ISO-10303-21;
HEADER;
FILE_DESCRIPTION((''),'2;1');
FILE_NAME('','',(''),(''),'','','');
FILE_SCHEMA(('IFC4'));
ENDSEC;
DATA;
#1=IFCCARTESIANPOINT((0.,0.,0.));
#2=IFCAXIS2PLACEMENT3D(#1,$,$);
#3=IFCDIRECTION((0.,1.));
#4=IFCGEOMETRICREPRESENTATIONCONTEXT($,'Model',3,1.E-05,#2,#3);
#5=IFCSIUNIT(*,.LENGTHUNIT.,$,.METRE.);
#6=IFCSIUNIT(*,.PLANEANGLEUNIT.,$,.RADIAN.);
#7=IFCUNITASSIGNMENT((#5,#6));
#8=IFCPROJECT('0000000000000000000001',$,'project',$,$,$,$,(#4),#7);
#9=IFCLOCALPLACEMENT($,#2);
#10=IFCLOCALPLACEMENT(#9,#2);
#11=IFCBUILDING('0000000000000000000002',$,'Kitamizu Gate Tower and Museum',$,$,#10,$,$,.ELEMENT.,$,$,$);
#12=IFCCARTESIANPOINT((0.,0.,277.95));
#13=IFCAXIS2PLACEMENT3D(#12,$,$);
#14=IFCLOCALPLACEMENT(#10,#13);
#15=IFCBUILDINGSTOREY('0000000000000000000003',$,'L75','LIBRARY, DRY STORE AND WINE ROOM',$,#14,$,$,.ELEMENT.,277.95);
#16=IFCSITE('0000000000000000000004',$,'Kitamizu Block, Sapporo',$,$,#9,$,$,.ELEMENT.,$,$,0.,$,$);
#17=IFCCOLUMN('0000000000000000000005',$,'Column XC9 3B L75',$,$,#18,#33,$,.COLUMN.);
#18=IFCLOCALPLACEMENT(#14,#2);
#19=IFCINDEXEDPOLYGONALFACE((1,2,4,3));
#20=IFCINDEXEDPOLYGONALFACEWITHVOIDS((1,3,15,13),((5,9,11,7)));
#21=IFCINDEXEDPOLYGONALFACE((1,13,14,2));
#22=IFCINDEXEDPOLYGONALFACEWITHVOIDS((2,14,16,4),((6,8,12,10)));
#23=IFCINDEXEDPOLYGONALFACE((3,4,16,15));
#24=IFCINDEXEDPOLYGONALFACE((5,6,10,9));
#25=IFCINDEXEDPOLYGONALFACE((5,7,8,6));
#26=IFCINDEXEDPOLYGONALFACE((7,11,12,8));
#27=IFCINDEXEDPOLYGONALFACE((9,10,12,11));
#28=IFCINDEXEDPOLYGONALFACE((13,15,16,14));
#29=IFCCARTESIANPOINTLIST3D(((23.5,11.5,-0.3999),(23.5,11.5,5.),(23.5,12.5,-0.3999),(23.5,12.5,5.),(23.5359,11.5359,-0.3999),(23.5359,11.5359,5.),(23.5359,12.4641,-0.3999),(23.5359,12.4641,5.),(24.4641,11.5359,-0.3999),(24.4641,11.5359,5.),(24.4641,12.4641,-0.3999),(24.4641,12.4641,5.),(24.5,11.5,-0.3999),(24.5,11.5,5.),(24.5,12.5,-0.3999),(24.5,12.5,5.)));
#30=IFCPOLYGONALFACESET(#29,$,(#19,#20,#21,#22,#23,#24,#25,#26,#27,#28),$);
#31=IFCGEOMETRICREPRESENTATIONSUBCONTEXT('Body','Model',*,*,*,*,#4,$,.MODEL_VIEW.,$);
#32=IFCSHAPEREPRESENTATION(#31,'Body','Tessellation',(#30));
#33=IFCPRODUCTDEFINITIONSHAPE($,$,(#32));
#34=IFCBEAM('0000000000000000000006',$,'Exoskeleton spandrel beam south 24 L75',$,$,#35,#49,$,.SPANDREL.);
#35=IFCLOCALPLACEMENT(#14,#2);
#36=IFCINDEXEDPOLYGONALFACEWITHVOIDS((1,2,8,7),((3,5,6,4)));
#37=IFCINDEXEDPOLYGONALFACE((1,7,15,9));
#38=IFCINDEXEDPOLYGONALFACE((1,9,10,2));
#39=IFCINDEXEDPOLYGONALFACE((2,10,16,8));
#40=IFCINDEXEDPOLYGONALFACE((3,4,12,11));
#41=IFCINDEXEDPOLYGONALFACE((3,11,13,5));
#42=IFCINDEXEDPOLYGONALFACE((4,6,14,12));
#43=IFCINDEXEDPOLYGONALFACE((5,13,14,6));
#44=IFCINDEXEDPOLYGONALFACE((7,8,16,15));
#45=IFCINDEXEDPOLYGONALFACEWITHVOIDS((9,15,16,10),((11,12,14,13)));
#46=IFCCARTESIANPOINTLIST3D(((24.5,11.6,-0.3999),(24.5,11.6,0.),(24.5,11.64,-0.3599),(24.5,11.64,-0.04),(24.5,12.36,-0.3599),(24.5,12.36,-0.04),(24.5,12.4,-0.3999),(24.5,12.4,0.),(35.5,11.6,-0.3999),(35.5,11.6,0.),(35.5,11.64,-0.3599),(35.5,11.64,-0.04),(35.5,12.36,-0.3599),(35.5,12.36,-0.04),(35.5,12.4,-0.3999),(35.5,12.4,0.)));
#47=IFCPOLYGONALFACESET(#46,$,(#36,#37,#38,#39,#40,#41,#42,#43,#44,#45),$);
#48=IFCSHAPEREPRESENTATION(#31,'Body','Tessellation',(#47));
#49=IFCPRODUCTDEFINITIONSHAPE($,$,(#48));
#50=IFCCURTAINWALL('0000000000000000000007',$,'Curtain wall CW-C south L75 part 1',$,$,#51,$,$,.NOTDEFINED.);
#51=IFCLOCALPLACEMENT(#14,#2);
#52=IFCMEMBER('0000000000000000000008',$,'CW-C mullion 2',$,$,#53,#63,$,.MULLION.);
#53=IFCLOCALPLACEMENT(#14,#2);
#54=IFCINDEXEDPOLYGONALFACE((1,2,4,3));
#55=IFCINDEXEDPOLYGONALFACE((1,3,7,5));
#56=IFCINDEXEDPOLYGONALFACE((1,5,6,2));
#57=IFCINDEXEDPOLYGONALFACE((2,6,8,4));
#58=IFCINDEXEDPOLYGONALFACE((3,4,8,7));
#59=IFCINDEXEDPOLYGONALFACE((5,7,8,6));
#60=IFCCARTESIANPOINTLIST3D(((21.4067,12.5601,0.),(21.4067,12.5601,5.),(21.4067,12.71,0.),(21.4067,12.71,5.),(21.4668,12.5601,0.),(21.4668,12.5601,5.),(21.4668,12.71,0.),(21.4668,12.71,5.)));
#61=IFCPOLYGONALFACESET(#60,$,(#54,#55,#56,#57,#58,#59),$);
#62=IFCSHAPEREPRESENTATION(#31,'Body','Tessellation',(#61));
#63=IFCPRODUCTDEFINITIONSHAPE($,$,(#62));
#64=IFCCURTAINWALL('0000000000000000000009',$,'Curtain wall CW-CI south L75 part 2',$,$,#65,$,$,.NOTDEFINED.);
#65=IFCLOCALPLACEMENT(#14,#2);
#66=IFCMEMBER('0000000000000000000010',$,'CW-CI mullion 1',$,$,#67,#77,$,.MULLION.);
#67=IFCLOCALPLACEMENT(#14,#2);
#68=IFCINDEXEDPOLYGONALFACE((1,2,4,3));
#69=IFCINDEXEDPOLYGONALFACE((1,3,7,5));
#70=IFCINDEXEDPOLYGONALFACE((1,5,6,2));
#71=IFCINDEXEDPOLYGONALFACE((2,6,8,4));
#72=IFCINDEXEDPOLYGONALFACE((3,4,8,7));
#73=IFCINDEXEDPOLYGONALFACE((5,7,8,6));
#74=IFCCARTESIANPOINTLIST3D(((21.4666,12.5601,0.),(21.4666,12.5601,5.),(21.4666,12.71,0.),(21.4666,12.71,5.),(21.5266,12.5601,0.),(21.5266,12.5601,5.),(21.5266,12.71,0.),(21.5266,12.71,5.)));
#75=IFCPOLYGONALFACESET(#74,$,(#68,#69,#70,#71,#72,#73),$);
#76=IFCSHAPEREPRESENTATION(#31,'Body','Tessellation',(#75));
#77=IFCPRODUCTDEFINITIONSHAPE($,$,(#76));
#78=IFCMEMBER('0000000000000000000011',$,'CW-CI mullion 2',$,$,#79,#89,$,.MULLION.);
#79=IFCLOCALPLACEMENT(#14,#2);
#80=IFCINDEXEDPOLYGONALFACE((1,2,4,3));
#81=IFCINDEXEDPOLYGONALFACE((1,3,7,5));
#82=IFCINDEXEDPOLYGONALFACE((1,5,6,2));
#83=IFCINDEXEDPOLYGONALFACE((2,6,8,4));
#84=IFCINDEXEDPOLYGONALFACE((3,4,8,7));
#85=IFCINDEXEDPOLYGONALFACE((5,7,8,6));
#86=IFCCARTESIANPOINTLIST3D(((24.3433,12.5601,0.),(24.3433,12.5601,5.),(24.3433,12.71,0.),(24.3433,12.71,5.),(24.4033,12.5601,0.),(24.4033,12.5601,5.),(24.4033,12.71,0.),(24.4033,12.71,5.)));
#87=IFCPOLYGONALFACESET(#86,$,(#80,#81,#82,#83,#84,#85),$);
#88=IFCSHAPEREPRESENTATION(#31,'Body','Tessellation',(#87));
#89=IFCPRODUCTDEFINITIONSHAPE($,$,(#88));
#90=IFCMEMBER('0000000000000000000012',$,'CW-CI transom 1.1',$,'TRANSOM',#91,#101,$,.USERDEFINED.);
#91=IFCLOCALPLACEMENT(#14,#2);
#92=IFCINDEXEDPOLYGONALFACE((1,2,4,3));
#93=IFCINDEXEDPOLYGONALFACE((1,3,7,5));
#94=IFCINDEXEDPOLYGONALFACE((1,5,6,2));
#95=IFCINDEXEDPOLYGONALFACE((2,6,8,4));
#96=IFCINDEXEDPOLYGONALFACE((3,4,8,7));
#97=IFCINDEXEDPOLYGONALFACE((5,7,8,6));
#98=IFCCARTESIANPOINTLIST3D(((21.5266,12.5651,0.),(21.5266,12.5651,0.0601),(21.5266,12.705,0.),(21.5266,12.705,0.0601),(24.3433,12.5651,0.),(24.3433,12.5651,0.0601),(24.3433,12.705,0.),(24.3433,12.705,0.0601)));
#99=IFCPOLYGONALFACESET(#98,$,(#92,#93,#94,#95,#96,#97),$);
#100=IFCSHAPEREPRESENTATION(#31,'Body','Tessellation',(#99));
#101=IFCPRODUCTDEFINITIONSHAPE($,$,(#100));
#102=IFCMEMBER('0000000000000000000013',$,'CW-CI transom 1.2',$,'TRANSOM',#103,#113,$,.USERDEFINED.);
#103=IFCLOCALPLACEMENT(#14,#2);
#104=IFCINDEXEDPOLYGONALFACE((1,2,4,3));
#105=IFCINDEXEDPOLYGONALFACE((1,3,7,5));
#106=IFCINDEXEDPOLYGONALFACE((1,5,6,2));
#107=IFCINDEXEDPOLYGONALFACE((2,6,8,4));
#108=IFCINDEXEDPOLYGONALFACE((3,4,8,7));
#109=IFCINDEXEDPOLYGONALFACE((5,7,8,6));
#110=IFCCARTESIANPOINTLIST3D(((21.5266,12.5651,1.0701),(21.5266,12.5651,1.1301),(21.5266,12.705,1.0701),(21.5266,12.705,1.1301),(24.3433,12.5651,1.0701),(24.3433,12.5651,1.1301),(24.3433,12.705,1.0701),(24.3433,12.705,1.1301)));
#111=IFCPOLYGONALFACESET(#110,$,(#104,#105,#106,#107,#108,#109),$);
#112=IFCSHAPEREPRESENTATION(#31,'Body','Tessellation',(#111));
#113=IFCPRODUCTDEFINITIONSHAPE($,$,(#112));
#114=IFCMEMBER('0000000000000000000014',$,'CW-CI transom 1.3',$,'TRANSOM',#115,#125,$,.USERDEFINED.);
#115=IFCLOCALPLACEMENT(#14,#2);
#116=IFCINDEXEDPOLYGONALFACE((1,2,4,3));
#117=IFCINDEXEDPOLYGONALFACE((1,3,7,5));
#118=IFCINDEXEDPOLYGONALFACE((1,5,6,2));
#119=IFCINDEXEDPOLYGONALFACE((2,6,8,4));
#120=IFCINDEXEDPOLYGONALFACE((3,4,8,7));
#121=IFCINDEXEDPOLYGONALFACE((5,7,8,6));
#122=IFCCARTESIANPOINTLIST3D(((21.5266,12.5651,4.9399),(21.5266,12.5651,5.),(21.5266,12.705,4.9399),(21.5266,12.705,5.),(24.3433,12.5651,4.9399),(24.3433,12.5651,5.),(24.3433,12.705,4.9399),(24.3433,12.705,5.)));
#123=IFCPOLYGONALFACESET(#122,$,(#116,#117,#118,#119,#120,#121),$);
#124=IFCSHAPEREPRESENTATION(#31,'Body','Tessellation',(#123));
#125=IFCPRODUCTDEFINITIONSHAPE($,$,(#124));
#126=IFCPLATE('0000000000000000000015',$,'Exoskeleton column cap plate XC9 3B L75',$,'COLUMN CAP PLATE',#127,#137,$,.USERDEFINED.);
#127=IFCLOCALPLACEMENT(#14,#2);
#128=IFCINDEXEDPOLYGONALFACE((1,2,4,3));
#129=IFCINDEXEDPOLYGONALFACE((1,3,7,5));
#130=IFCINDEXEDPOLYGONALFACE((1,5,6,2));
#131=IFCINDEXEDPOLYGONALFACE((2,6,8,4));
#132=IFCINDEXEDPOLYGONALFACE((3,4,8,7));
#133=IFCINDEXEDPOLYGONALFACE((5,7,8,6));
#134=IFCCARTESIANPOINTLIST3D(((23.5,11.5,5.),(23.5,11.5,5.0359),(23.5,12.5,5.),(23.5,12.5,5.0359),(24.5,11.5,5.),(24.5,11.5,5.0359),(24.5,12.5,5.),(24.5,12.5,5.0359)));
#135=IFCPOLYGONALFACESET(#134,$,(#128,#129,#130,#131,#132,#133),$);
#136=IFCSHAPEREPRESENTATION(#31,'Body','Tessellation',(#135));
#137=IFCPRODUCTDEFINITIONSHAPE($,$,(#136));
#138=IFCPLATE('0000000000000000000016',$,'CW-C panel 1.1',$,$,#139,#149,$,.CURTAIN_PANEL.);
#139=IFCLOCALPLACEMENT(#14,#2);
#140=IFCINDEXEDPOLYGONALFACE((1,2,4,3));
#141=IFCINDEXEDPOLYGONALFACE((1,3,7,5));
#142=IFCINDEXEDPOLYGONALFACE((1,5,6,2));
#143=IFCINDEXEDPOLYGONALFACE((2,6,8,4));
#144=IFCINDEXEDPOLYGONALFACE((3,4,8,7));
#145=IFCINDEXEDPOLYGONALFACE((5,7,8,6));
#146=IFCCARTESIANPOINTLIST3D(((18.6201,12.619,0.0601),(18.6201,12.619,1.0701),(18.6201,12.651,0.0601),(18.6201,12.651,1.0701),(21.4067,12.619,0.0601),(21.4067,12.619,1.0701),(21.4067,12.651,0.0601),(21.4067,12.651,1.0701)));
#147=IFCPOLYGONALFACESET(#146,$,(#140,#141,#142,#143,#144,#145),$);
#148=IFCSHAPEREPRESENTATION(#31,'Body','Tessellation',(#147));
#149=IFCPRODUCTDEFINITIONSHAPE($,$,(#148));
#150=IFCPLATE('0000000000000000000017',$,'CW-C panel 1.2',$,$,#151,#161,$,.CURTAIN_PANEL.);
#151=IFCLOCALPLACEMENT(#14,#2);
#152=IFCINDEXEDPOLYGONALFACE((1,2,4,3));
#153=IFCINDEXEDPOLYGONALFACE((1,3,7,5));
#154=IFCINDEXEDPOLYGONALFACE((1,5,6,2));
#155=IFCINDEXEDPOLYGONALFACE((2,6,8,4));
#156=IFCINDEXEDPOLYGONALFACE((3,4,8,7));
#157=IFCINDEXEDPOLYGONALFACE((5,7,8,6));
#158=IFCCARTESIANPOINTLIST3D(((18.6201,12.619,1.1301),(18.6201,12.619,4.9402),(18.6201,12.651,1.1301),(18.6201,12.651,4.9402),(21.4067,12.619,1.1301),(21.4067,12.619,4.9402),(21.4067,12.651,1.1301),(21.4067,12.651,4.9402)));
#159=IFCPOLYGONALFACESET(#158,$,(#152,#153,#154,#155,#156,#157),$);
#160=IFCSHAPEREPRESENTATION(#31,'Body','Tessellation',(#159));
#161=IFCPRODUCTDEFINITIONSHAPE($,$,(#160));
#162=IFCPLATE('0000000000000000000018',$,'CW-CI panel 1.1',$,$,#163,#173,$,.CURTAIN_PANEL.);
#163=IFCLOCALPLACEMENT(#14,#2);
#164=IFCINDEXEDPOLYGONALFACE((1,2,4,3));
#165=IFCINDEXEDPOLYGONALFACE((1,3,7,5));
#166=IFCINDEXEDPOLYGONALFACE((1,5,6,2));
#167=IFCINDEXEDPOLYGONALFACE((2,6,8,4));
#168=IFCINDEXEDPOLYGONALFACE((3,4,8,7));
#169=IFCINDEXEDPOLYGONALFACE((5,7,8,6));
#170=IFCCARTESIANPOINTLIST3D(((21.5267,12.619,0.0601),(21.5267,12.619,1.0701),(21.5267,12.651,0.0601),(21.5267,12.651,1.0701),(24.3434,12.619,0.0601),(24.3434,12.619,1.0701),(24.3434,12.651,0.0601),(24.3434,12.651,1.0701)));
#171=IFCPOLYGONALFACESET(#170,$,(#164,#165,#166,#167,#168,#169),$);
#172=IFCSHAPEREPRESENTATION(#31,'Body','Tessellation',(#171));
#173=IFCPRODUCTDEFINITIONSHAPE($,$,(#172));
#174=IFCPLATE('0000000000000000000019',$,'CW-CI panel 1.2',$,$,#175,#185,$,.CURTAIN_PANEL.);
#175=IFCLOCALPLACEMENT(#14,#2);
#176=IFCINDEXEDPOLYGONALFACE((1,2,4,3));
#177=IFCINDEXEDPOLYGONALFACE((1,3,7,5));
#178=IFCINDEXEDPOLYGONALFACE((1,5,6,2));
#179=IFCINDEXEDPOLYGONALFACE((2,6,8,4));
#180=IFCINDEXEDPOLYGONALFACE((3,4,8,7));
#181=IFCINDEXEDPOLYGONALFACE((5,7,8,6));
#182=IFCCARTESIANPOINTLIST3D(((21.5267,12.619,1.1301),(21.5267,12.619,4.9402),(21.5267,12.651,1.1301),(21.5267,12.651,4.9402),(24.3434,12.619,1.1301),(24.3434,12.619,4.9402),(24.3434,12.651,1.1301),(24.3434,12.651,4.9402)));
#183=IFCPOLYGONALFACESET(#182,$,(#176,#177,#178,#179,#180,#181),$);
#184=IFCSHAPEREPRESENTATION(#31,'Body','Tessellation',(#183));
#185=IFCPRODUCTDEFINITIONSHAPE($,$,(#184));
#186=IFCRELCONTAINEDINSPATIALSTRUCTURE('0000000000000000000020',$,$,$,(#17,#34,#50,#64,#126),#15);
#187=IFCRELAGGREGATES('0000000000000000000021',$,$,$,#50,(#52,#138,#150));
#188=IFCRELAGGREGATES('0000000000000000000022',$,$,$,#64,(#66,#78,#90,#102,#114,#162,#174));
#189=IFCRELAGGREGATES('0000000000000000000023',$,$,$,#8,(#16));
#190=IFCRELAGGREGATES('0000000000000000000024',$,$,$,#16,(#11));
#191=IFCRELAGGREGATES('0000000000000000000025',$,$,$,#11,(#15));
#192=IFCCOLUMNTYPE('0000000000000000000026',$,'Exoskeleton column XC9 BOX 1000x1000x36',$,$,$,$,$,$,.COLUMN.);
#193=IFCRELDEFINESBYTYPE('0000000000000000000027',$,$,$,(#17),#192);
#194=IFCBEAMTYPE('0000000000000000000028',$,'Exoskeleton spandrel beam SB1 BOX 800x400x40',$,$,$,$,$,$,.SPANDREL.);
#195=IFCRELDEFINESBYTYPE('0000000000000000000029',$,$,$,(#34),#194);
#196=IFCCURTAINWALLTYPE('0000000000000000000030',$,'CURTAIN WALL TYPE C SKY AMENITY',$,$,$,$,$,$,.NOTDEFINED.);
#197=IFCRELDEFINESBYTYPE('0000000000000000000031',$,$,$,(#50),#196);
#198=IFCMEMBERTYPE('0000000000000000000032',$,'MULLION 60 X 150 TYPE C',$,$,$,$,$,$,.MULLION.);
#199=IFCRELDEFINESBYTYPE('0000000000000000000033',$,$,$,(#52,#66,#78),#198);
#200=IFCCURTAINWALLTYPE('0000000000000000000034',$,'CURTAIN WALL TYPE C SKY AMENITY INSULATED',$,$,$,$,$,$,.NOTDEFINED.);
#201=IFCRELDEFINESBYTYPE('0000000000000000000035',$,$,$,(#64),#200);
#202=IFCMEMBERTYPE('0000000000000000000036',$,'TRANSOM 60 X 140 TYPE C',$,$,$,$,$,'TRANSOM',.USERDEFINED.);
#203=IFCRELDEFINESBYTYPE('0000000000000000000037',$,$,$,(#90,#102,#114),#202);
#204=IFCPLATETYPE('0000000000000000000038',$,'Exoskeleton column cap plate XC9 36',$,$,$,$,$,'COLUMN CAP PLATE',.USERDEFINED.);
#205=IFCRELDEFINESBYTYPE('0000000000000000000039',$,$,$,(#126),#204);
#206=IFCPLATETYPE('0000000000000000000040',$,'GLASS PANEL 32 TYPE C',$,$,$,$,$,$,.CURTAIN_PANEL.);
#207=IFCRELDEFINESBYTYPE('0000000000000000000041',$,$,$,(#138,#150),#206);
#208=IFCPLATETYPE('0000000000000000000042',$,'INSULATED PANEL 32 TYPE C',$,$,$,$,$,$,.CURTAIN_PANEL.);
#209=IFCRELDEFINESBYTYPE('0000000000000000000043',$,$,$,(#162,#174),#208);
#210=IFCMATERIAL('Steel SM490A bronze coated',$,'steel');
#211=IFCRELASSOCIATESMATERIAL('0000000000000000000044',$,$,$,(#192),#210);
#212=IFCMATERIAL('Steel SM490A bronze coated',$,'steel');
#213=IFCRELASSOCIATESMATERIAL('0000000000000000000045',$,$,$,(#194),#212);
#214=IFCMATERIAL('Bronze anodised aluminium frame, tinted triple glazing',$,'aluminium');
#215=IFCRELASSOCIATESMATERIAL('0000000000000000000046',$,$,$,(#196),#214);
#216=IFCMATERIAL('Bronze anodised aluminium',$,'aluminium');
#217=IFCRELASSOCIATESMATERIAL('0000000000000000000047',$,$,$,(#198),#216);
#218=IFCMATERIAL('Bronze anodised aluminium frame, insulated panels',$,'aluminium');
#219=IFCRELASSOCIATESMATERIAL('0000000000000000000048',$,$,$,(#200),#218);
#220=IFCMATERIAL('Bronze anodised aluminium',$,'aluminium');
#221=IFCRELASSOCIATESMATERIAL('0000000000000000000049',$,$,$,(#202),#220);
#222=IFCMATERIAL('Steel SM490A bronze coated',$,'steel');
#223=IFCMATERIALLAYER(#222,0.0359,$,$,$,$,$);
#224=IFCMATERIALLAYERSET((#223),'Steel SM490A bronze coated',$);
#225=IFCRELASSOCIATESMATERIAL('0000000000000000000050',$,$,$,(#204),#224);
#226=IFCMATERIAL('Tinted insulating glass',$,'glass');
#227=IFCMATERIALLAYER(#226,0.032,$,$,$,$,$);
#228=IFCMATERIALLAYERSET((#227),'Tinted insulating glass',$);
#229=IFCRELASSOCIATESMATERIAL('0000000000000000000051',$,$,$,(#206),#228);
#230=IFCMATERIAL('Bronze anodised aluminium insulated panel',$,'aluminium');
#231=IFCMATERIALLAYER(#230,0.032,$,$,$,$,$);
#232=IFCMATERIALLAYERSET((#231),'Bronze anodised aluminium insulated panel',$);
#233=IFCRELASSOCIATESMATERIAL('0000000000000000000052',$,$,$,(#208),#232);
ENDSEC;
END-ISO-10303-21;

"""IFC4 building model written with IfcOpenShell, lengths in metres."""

from ifc_helpers import new_model, si_unit, direction, frame, origin, origin_2d, place, context, subcontext, project, spatial, rectangle, hollow_rectangle, extrude, material, layer, layer_set, material_profile, profile_set, type_object, element, aggregate, save


model = new_model("IFC4")

# Units and contexts
model_context = context("Model", 3, precision=1e-05, world=origin(), true_north=direction((0.0, 1.0)))
body_context = subcontext(model_context, "Body", "Model", "MODEL_VIEW")
ifc_project = project(units=[si_unit("LENGTHUNIT", "METRE"), si_unit("PLANEANGLEUNIT", "RADIAN")], contexts=[model_context])

# Site, building, storey
site_placement = place(None, origin())
site = spatial("IfcSite", under=ifc_project, at=site_placement, Name="Kitamizu Block, Sapporo", CompositionType="ELEMENT", RefElevation=0.0)
building_placement = place(site_placement, origin())
building = spatial("IfcBuilding", under=site, at=building_placement, Name="Kitamizu Gate Tower and Museum", CompositionType="ELEMENT")
storey_placement = place(building_placement, frame((0.0, 0.0, 277.95)))
storey = spatial("IfcBuildingStorey", under=building, at=storey_placement, Name="L75", Description="LIBRARY, DRY STORE AND WINE ROOM", CompositionType="ELEMENT", Elevation=277.95)

# Column
ifc_material_1 = material(Name="Steel SM490A bronze coated", Category="steel")
ifc_material_profile_1 = material_profile(ifc_material_1, hollow_rectangle(XDim=1.0, YDim=1.0, WallThickness=0.0359, at=origin_2d()), Name="BOX 1000x1000x36")
ifc_profile_set_1 = profile_set([ifc_material_profile_1], Name="Steel SM490A bronze coated")
column_type = type_object("IfcColumnType", Name="Exoskeleton column XC9 BOX 1000x1000x36", PredefinedType="COLUMN", material=ifc_profile_set_1)
column_placement = place(storey_placement, frame((24.0, 12.0, -0.3999), z_axis=(0.0, 0.0, 1.0), x_axis=(1.0, 0.0, 0.0)))
element("IfcColumn", 1, at=column_placement, inside=storey, type_object=column_type, Name="Column XC9 3B L75", PredefinedType="COLUMN", context=body_context, shape_type="SweptSolid", body=[
    extrude(hollow_rectangle(XDim=1.0, YDim=1.0, WallThickness=0.0359, at=origin_2d()), origin(), (0.0, 0.0, 1.0), 5.3999),
])

# Beam
ifc_material_2 = material(Name="Steel SM490A bronze coated", Category="steel")
ifc_material_profile_2 = material_profile(ifc_material_2, hollow_rectangle(XDim=0.8, YDim=0.3999, WallThickness=0.04, at=origin_2d()), Name="BOX 800x400x40")
ifc_profile_set_2 = profile_set([ifc_material_profile_2], Name="Steel SM490A bronze coated")
beam_type = type_object("IfcBeamType", Name="Exoskeleton spandrel beam SB1 BOX 800x400x40", PredefinedType="SPANDREL", material=ifc_profile_set_2)
beam_placement = place(storey_placement, frame((24.5, 12.0, -0.2), z_axis=(1.0, 0.0, 0.0), x_axis=(0.0, 1.0, 0.0)))
element("IfcBeam", 2, at=beam_placement, inside=storey, type_object=beam_type, Name="Exoskeleton spandrel beam south 24 L75", PredefinedType="SPANDREL", context=body_context, shape_type="SweptSolid", body=[
    extrude(hollow_rectangle(XDim=0.8, YDim=0.3999, WallThickness=0.04, at=origin_2d()), origin(), (0.0, 0.0, 1.0), 11.0),
])

# Curtain wall, member
ifc_material_3 = material(Name="Bronze anodised aluminium frame, tinted triple glazing", Category="aluminium")
curtain_wall_type_1 = type_object("IfcCurtainWallType", Name="CURTAIN WALL TYPE C SKY AMENITY", PredefinedType="NOTDEFINED", material=ifc_material_3)
curtain_wall_1_placement = place(storey_placement, origin())
curtain_wall_1 = element("IfcCurtainWall", 3, at=curtain_wall_1_placement, inside=storey, type_object=curtain_wall_type_1, Name="Curtain wall CW-C south L75 part 1", PredefinedType="NOTDEFINED")
ifc_material_4 = material(Name="Bronze anodised aluminium", Category="aluminium")
ifc_material_profile_3 = material_profile(ifc_material_4, rectangle(XDim=0.0601, YDim=0.1499, at=origin_2d()), Name="AL 60X150")
ifc_profile_set_3 = profile_set([ifc_material_profile_3], Name="Bronze anodised aluminium")
member_type_1 = type_object("IfcMemberType", Name="MULLION 60 X 150 TYPE C", PredefinedType="MULLION", material=ifc_profile_set_3)
member_1_placement = place(storey_placement, frame((21.4368, 12.635, 0.0), z_axis=(0.0, 0.0, 1.0), x_axis=(1.0, 0.0, 0.0)))
member_1 = element("IfcMember", 4, at=member_1_placement, type_object=member_type_1, Name="CW-C mullion 2", PredefinedType="MULLION", context=body_context, shape_type="SweptSolid", body=[
    extrude(rectangle(XDim=0.0601, YDim=0.1499, at=origin_2d()), origin(), (0.0, 0.0, 1.0), 5.0),
])

# Curtain wall, members
ifc_material_5 = material(Name="Bronze anodised aluminium frame, insulated panels", Category="aluminium")
curtain_wall_type_2 = type_object("IfcCurtainWallType", Name="CURTAIN WALL TYPE C SKY AMENITY INSULATED", PredefinedType="NOTDEFINED", material=ifc_material_5)
curtain_wall_2_placement = place(storey_placement, origin())
curtain_wall_2 = element("IfcCurtainWall", 5, at=curtain_wall_2_placement, inside=storey, type_object=curtain_wall_type_2, Name="Curtain wall CW-CI south L75 part 2", PredefinedType="NOTDEFINED")
member_2_placement = place(storey_placement, frame((21.4966, 12.635, 0.0), z_axis=(0.0, 0.0, 1.0), x_axis=(1.0, 0.0, 0.0)))
member_2 = element("IfcMember", 6, at=member_2_placement, type_object=member_type_1, Name="CW-CI mullion 1", PredefinedType="MULLION", context=body_context, shape_type="SweptSolid", body=[
    extrude(rectangle(XDim=0.0601, YDim=0.1499, at=origin_2d()), origin(), (0.0, 0.0, 1.0), 5.0),
])
member_3_placement = place(storey_placement, frame((24.3733, 12.635, 0.0), z_axis=(0.0, 0.0, 1.0), x_axis=(1.0, 0.0, 0.0)))
member_3 = element("IfcMember", 7, at=member_3_placement, type_object=member_type_1, Name="CW-CI mullion 2", PredefinedType="MULLION", context=body_context, shape_type="SweptSolid", body=[
    extrude(rectangle(XDim=0.0601, YDim=0.1499, at=origin_2d()), origin(), (0.0, 0.0, 1.0), 5.0),
])
ifc_material_6 = material(Name="Bronze anodised aluminium", Category="aluminium")
ifc_material_profile_4 = material_profile(ifc_material_6, rectangle(XDim=0.1399, YDim=0.0601, at=origin_2d()), Name="AL 60X140")
ifc_profile_set_4 = profile_set([ifc_material_profile_4], Name="Bronze anodised aluminium")
member_type_2 = type_object("IfcMemberType", Name="TRANSOM 60 X 140 TYPE C", ElementType="TRANSOM", PredefinedType="USERDEFINED", material=ifc_profile_set_4)
member_4_placement = place(storey_placement, frame((21.5266, 12.635, 0.03), z_axis=(1.0, 0.0, 0.0), x_axis=(0.0, 1.0, 0.0)))
member_4 = element("IfcMember", 8, at=member_4_placement, type_object=member_type_2, Name="CW-CI transom 1.1", ObjectType="TRANSOM", PredefinedType="USERDEFINED", context=body_context, shape_type="SweptSolid", body=[
    extrude(rectangle(XDim=0.1399, YDim=0.0601, at=origin_2d()), origin(), (0.0, 0.0, 1.0), 2.8167),
])
member_5_placement = place(storey_placement, frame((21.5266, 12.635, 1.1001), z_axis=(1.0, 0.0, 0.0), x_axis=(0.0, 1.0, 0.0)))
member_5 = element("IfcMember", 9, at=member_5_placement, type_object=member_type_2, Name="CW-CI transom 1.2", ObjectType="TRANSOM", PredefinedType="USERDEFINED", context=body_context, shape_type="SweptSolid", body=[
    extrude(rectangle(XDim=0.1399, YDim=0.0601, at=origin_2d()), origin(), (0.0, 0.0, 1.0), 2.8167),
])
member_6_placement = place(storey_placement, frame((21.5266, 12.635, 4.97), z_axis=(1.0, 0.0, 0.0), x_axis=(0.0, 1.0, 0.0)))
member_6 = element("IfcMember", 10, at=member_6_placement, type_object=member_type_2, Name="CW-CI transom 1.3", ObjectType="TRANSOM", PredefinedType="USERDEFINED", context=body_context, shape_type="SweptSolid", body=[
    extrude(rectangle(XDim=0.1399, YDim=0.0601, at=origin_2d()), origin(), (0.0, 0.0, 1.0), 2.8167),
])

# Plates
ifc_material_7 = material(Name="Steel SM490A bronze coated", Category="steel")
ifc_layer_1 = layer(ifc_material_7, 0.0359)
ifc_layer_set_1 = layer_set([ifc_layer_1], Name="Steel SM490A bronze coated")
plate_type_1 = type_object("IfcPlateType", Name="Exoskeleton column cap plate XC9 36", ElementType="COLUMN CAP PLATE", PredefinedType="USERDEFINED", material=ifc_layer_set_1)
plate_1_placement = place(storey_placement, frame((24.0, 12.0, 5.0), z_axis=(0.0, 0.0, 1.0), x_axis=(1.0, 0.0, 0.0)))
element("IfcPlate", 11, at=plate_1_placement, inside=storey, type_object=plate_type_1, Name="Exoskeleton column cap plate XC9 3B L75", ObjectType="COLUMN CAP PLATE", PredefinedType="USERDEFINED", context=body_context, shape_type="SweptSolid", body=[
    extrude(rectangle(XDim=1.0, YDim=1.0, at=origin_2d()), origin(), (0.0, 0.0, 1.0), 0.0359),
])
ifc_material_8 = material(Name="Tinted insulating glass", Category="glass")
ifc_layer_2 = layer(ifc_material_8, 0.032)
ifc_layer_set_2 = layer_set([ifc_layer_2], Name="Tinted insulating glass")
plate_type_2 = type_object("IfcPlateType", Name="GLASS PANEL 32 TYPE C", PredefinedType="CURTAIN_PANEL", material=ifc_layer_set_2)
plate_2_placement = place(storey_placement, frame((20.0134, 12.635, 0.0601), z_axis=(0.0, 0.0, 1.0), x_axis=(1.0, 0.0, 0.0)))
plate_2 = element("IfcPlate", 12, at=plate_2_placement, type_object=plate_type_2, Name="CW-C panel 1.1", PredefinedType="CURTAIN_PANEL", context=body_context, shape_type="SweptSolid", body=[
    extrude(rectangle(XDim=2.7866, YDim=0.032, at=origin_2d()), origin(), (0.0, 0.0, 1.0), 1.01),
])
plate_3_placement = place(storey_placement, frame((20.0134, 12.635, 1.1301), z_axis=(0.0, 0.0, 1.0), x_axis=(1.0, 0.0, 0.0)))
plate_3 = element("IfcPlate", 13, at=plate_3_placement, type_object=plate_type_2, Name="CW-C panel 1.2", PredefinedType="CURTAIN_PANEL", context=body_context, shape_type="SweptSolid", body=[
    extrude(rectangle(XDim=2.7866, YDim=0.032, at=origin_2d()), origin(), (0.0, 0.0, 1.0), 3.8101),
])
aggregate(curtain_wall_1, [member_1, plate_2, plate_3])
ifc_material_9 = material(Name="Bronze anodised aluminium insulated panel", Category="aluminium")
ifc_layer_3 = layer(ifc_material_9, 0.032)
ifc_layer_set_3 = layer_set([ifc_layer_3], Name="Bronze anodised aluminium insulated panel")
plate_type_3 = type_object("IfcPlateType", Name="INSULATED PANEL 32 TYPE C", PredefinedType="CURTAIN_PANEL", material=ifc_layer_set_3)
plate_4_placement = place(storey_placement, frame((22.9351, 12.635, 0.0601), z_axis=(0.0, 0.0, 1.0), x_axis=(1.0, 0.0, 0.0)))
plate_4 = element("IfcPlate", 14, at=plate_4_placement, type_object=plate_type_3, Name="CW-CI panel 1.1", PredefinedType="CURTAIN_PANEL", context=body_context, shape_type="SweptSolid", body=[
    extrude(rectangle(XDim=2.8167, YDim=0.032, at=origin_2d()), origin(), (0.0, 0.0, 1.0), 1.01),
])
plate_5_placement = place(storey_placement, frame((22.9351, 12.635, 1.1301), z_axis=(0.0, 0.0, 1.0), x_axis=(1.0, 0.0, 0.0)))
plate_5 = element("IfcPlate", 15, at=plate_5_placement, type_object=plate_type_3, Name="CW-CI panel 1.2", PredefinedType="CURTAIN_PANEL", context=body_context, shape_type="SweptSolid", body=[
    extrude(rectangle(XDim=2.8167, YDim=0.032, at=origin_2d()), origin(), (0.0, 0.0, 1.0), 3.8101),
])
aggregate(curtain_wall_2, [member_2, member_3, member_4, member_5, member_6, plate_4, plate_5])

save(model, "model.ifc")
